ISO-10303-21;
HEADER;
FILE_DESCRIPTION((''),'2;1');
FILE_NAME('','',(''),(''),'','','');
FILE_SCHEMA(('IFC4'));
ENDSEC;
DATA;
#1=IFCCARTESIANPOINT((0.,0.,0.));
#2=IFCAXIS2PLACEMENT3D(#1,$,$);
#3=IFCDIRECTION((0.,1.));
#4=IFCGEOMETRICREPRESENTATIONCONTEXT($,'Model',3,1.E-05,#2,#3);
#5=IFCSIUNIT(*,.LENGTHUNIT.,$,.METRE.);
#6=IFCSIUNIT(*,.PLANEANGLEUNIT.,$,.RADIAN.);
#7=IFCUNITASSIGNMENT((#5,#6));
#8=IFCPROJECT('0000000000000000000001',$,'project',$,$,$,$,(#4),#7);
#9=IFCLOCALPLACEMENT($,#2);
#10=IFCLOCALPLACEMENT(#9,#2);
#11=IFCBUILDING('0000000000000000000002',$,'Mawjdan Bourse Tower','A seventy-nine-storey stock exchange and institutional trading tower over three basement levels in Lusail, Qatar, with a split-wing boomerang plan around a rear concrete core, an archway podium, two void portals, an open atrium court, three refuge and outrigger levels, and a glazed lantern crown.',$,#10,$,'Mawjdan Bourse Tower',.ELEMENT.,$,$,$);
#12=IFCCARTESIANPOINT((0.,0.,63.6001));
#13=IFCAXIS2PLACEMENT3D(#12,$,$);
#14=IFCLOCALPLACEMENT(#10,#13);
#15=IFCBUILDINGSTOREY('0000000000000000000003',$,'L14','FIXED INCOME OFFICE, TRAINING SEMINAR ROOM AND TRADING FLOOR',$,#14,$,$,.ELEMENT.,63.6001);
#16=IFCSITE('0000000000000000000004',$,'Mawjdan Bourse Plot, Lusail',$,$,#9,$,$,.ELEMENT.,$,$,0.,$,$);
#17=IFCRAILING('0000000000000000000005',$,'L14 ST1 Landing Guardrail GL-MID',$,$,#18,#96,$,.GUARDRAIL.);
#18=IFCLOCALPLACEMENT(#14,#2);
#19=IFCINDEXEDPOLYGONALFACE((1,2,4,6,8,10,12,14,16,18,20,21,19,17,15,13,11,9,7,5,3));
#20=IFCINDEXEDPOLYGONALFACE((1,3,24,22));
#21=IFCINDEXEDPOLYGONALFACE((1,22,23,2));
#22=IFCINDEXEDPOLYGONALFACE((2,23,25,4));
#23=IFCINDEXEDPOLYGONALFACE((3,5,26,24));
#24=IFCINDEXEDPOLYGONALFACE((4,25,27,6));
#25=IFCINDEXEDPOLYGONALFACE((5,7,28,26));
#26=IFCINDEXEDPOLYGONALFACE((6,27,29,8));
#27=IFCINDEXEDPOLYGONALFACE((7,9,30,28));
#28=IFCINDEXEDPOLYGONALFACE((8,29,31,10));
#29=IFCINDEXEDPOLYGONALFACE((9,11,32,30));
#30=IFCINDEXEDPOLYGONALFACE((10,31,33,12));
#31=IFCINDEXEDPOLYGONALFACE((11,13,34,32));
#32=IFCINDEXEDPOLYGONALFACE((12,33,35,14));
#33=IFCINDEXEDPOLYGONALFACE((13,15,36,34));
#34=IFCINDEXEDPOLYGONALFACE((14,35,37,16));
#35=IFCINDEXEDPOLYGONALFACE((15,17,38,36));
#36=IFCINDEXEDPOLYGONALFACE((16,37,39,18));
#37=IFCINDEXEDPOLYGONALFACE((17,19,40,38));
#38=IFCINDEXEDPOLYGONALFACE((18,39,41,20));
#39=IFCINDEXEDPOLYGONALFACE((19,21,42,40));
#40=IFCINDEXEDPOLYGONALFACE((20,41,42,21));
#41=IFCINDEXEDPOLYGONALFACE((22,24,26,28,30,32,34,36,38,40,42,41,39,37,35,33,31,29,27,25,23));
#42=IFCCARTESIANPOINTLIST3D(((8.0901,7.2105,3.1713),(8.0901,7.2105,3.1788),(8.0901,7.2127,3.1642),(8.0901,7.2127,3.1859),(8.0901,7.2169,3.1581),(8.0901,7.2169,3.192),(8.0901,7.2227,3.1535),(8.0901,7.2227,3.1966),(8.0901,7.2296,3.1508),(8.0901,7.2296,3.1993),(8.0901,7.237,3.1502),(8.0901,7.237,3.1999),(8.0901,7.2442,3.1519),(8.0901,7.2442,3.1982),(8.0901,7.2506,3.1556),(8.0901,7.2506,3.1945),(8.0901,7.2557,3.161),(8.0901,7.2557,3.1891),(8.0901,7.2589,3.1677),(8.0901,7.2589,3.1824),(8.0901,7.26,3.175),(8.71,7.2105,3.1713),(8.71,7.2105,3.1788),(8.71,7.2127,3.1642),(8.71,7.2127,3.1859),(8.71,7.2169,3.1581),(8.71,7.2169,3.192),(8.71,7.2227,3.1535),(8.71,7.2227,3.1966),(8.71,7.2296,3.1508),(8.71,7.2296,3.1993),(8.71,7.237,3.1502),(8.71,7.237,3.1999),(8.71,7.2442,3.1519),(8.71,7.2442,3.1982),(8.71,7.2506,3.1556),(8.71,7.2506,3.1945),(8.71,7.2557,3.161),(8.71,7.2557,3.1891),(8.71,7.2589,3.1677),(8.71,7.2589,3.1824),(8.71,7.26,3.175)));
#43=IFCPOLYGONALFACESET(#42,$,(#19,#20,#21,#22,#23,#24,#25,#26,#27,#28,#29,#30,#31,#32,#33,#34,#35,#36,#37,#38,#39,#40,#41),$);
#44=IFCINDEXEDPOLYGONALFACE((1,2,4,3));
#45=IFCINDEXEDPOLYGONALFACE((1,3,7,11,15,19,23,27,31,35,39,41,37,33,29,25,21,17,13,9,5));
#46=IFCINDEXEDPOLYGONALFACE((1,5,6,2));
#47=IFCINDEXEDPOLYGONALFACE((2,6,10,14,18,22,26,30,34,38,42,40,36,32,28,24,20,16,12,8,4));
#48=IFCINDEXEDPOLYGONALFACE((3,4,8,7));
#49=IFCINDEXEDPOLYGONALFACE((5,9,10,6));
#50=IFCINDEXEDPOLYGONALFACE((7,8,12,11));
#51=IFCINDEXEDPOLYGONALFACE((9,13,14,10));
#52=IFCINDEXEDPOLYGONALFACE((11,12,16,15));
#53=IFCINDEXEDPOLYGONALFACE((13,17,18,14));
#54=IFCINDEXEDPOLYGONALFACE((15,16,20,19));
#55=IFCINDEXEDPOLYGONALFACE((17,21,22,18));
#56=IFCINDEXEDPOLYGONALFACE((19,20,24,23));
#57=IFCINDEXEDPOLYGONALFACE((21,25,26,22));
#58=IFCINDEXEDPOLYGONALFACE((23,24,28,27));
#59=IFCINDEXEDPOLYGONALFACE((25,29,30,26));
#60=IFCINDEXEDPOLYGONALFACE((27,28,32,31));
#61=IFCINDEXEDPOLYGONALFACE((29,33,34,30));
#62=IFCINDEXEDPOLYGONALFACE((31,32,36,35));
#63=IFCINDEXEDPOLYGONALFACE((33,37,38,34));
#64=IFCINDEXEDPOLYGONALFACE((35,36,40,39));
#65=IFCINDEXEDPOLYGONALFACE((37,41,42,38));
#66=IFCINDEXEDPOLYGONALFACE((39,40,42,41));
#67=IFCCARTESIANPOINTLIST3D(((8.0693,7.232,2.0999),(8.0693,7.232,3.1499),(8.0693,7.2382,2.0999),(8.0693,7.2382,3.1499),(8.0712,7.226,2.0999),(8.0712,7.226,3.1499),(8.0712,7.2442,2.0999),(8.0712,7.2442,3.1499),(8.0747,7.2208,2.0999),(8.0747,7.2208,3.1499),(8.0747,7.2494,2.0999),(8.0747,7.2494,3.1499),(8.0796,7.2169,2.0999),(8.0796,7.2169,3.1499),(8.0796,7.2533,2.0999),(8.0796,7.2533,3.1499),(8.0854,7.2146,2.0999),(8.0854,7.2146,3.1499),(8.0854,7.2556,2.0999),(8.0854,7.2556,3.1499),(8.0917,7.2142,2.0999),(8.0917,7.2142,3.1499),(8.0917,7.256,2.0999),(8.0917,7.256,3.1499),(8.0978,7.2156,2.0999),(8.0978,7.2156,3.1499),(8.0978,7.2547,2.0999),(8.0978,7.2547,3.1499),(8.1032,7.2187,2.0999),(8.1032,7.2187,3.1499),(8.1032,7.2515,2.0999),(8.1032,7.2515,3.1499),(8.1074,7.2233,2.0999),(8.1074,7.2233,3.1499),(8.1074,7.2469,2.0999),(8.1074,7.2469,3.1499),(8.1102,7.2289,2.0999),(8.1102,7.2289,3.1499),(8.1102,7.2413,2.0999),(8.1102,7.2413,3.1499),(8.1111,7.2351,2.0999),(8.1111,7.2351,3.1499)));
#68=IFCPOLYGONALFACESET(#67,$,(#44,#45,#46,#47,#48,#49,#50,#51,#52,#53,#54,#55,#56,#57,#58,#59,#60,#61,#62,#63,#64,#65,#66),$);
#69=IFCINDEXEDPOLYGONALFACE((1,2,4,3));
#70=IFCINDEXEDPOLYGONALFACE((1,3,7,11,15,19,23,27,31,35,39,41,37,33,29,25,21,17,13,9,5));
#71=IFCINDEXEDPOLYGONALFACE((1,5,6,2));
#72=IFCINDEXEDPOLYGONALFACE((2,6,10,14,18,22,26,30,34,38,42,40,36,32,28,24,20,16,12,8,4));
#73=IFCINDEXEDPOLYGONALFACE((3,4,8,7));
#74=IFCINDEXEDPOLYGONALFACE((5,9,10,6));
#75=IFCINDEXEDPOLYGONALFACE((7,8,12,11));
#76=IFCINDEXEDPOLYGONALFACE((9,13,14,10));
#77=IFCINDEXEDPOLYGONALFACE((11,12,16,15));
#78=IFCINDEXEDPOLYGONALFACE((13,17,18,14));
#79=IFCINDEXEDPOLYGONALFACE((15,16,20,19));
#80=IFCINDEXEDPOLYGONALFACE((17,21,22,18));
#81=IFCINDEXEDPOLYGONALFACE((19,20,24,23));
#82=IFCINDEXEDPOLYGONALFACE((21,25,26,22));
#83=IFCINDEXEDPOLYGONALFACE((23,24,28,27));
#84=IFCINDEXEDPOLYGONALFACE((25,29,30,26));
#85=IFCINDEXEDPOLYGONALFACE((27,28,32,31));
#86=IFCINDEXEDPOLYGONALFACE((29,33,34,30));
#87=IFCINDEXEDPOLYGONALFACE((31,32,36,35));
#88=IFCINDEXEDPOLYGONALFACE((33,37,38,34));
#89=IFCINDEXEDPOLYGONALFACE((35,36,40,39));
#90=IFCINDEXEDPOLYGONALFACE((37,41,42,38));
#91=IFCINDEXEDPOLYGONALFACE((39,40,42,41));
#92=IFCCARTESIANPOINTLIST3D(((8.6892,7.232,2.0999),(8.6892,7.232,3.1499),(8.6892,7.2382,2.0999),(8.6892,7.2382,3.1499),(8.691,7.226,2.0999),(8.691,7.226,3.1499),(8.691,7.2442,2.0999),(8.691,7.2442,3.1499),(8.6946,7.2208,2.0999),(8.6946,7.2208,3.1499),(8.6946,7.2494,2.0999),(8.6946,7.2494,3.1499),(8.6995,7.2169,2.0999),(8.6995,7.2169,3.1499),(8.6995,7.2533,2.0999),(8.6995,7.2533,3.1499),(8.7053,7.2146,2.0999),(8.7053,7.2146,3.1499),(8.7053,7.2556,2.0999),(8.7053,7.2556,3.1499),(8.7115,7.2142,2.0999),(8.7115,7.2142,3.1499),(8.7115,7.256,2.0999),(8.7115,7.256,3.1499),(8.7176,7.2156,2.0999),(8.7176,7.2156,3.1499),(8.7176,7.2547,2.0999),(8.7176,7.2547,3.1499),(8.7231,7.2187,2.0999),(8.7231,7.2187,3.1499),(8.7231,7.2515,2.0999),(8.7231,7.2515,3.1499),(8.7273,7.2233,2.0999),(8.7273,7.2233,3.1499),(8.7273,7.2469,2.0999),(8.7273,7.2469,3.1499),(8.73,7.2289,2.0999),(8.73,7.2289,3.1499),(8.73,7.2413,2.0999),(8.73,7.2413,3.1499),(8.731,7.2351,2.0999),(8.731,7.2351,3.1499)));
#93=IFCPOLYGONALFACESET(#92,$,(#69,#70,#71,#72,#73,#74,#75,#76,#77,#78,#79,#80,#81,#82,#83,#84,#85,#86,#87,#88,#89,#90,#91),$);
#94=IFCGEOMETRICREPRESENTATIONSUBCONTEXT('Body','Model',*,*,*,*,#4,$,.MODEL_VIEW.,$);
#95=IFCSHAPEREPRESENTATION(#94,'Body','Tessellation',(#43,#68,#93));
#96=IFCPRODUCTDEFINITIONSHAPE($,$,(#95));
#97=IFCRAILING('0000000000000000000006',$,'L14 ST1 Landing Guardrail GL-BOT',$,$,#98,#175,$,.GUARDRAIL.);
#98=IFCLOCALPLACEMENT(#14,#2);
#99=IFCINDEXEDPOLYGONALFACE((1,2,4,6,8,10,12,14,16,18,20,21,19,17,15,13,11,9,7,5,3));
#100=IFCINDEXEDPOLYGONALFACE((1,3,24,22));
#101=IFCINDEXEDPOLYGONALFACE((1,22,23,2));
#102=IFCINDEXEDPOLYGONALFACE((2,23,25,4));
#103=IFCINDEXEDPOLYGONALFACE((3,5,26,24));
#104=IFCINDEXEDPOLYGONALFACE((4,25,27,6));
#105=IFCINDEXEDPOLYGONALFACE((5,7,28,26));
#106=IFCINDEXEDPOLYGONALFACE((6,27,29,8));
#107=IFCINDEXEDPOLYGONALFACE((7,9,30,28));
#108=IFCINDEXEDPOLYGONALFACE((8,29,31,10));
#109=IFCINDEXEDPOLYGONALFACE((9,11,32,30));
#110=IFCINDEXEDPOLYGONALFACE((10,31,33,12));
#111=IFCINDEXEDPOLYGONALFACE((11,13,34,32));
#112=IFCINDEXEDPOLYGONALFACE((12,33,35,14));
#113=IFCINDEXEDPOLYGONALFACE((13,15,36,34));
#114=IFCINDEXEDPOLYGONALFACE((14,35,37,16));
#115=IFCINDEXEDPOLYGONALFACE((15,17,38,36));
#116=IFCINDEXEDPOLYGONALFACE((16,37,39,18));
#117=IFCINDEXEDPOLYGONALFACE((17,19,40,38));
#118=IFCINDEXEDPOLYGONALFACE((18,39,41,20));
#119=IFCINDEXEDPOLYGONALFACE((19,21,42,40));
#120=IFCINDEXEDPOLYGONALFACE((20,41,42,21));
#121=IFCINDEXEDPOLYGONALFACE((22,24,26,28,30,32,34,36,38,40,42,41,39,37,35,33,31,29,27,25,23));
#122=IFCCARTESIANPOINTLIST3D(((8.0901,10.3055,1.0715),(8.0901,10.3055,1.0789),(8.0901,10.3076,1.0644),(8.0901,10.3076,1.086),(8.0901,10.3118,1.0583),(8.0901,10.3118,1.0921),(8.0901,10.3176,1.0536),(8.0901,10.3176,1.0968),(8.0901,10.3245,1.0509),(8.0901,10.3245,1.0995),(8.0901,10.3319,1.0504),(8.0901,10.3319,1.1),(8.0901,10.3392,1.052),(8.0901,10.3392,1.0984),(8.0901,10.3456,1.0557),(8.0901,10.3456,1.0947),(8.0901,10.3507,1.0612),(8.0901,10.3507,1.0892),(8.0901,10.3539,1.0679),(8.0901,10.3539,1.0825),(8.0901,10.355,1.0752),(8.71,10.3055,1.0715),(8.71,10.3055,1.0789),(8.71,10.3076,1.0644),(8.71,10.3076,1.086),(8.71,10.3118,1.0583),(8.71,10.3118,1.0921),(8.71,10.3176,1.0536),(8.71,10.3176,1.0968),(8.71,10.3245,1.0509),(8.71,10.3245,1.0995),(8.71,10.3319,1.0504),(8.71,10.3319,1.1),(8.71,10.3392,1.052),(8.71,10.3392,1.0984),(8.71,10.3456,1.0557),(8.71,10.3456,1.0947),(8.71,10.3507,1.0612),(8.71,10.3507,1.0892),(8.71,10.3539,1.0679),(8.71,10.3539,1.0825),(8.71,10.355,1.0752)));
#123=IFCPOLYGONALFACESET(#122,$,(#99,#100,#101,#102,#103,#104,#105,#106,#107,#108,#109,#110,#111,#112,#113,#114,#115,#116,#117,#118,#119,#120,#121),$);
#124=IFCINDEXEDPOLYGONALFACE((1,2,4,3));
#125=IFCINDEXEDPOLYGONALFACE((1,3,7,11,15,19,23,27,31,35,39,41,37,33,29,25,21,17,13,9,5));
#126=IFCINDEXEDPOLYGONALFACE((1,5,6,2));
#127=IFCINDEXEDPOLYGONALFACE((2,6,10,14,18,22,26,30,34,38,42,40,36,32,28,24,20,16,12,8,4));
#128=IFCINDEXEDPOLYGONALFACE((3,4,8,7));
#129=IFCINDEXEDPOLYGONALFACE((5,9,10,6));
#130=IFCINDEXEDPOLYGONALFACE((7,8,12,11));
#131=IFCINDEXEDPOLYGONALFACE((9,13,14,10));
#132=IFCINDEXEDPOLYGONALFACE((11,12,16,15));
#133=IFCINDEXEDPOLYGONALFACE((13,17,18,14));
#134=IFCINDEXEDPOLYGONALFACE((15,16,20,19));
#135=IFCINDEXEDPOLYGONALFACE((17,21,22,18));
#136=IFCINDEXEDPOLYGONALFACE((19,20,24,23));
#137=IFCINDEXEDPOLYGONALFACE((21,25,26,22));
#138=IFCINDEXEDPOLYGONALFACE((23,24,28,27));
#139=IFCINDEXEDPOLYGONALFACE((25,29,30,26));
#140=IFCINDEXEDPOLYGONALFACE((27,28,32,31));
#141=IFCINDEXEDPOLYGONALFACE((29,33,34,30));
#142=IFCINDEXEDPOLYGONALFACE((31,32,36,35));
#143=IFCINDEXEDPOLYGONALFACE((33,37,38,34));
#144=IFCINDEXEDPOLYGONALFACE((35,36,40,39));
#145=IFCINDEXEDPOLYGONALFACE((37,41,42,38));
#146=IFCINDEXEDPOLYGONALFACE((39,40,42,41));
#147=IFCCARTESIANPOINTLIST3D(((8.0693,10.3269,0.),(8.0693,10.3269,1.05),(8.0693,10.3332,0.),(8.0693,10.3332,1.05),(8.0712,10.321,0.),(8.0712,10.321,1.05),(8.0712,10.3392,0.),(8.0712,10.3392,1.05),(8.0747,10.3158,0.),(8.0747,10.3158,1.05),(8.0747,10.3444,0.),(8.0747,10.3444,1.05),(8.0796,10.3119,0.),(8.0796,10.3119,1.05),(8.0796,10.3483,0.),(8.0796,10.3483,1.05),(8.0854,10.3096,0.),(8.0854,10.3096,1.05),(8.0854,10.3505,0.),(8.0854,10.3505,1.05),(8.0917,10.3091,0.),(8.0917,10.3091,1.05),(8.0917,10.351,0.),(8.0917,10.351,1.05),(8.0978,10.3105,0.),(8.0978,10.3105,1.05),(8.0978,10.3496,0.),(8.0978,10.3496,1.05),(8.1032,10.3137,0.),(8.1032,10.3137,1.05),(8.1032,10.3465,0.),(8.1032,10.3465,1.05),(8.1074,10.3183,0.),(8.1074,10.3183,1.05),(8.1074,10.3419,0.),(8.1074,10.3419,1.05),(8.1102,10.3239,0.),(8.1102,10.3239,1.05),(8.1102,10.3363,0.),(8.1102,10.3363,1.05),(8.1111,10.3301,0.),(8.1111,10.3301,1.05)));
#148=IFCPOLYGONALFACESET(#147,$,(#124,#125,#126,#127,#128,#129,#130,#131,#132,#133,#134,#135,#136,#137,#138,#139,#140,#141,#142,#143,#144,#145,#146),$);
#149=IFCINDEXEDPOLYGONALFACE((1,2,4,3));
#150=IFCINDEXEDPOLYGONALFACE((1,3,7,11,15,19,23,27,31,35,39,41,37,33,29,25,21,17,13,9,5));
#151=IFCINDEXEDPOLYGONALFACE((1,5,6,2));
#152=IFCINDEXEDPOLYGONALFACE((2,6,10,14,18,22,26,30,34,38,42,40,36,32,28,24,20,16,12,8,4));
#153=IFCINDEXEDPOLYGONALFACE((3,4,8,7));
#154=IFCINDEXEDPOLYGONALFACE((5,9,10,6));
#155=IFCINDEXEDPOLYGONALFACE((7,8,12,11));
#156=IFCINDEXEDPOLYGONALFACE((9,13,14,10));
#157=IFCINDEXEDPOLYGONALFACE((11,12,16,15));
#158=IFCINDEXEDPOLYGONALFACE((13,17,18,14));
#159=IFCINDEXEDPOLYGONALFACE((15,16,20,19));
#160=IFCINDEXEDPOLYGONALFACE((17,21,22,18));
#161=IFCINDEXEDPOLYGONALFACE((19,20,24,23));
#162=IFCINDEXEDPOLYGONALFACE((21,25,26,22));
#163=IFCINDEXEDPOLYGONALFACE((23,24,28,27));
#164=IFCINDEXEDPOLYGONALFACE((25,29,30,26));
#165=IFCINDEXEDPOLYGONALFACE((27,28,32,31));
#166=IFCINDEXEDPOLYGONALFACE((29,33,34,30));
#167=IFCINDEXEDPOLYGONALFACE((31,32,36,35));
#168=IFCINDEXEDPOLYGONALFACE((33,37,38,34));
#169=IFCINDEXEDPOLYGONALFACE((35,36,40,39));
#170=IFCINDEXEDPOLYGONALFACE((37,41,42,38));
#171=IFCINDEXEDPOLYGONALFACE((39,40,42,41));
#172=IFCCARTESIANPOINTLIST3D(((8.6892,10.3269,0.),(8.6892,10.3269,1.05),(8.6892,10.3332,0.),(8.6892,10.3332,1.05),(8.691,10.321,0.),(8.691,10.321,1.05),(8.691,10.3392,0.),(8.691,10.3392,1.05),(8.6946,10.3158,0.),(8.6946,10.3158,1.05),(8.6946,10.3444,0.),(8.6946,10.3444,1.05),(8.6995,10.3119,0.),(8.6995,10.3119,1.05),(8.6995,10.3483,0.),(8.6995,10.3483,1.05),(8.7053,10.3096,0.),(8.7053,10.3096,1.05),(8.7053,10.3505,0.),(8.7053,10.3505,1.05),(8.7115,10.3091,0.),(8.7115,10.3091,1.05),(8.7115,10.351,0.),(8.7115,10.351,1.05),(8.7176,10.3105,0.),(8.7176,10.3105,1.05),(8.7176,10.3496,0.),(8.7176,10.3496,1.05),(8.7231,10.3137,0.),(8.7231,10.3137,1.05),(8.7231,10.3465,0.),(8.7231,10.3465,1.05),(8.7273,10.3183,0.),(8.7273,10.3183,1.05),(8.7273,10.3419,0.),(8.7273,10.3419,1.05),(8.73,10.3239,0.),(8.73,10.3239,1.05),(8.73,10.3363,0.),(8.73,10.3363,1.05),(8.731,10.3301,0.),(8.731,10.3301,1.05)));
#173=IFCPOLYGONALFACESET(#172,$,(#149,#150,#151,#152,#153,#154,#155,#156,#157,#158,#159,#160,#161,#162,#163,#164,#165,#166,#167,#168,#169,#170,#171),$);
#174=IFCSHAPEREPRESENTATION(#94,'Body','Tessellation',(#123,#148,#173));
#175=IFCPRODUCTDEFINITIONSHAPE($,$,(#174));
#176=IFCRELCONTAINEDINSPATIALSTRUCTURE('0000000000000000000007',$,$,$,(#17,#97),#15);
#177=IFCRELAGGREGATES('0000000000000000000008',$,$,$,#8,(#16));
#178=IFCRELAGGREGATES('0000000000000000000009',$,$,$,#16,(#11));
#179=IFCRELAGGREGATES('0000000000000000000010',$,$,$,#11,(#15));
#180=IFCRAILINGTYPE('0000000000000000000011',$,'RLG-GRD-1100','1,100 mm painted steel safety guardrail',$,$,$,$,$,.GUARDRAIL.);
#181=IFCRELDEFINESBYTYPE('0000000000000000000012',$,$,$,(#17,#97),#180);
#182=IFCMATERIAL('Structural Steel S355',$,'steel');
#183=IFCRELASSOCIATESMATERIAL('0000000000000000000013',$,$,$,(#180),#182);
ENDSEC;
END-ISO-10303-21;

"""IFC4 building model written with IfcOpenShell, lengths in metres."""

from ifc_helpers import new_model, si_unit, direction, frame, origin, origin_2d, place, context, subcontext, project, spatial, circle, extrude, material, type_object, element, save


model = new_model("IFC4")

# Units and contexts
model_context = context("Model", 3, precision=1e-05, world=origin(), true_north=direction((0.0, 1.0)))
body_context = subcontext(model_context, "Body", "Model", "MODEL_VIEW")
ifc_project = project(units=[si_unit("LENGTHUNIT", "METRE"), si_unit("PLANEANGLEUNIT", "RADIAN")], contexts=[model_context])

# Site, building, storey
site_placement = place(None, origin())
site = spatial("IfcSite", under=ifc_project, at=site_placement, Name="Mawjdan Bourse Plot, Lusail", CompositionType="ELEMENT", RefElevation=0.0)
building_placement = place(site_placement, origin())
building = spatial("IfcBuilding", under=site, at=building_placement, Name="Mawjdan Bourse Tower", Description="A seventy-nine-storey stock exchange and institutional trading tower over three basement levels in Lusail, Qatar, with a split-wing boomerang plan around a rear concrete core, an archway podium, two void portals, an open atrium court, three refuge and outrigger levels, and a glazed lantern crown.", LongName="Mawjdan Bourse Tower", CompositionType="ELEMENT")
storey_placement = place(building_placement, frame((0.0, 0.0, 63.6001)))
storey = spatial("IfcBuildingStorey", under=building, at=storey_placement, Name="L14", Description="FIXED INCOME OFFICE, TRAINING SEMINAR ROOM AND TRADING FLOOR", CompositionType="ELEMENT", Elevation=63.6001)

# Railings
ifc_material_1 = material(Name="Structural Steel S355", Category="steel")
railing_type_1 = type_object("IfcRailingType", Name="RLG-GRD-1100", Description="1,100 mm painted steel safety guardrail", PredefinedType="GUARDRAIL", material=ifc_material_1)
for number, where, name in (
    (1, (8.0901, 7.2351, 2.0999), "L14 ST1 Landing Guardrail GL-MID"),
    (2, (8.0901, 10.3301, 0.0), "L14 ST1 Landing Guardrail GL-BOT"),
):
    element("IfcRailing", number, at=place(storey_placement, frame(where)), inside=storey, type_object=railing_type_1, Name=name, PredefinedType="GUARDRAIL", context=body_context, shape_type="SweptSolid", body=[
        extrude(circle(Radius=0.0249, at=origin_2d()), frame((0.0, 0.0, 1.0752), z_axis=(1.0, 0.0, 0.0), x_axis=(0.0, 1.0, 0.0)), (0.0, 0.0, 1.0), 0.6199),
        extrude(circle(Radius=0.021, at=origin_2d()), origin(), (0.0, 0.0, 1.0), 1.05),
        extrude(circle(Radius=0.021, at=origin_2d()), frame((0.6199, 0.0, 0.0)), (0.0, 0.0, 1.0), 1.05),
    ])

save(model, "model.ifc")
